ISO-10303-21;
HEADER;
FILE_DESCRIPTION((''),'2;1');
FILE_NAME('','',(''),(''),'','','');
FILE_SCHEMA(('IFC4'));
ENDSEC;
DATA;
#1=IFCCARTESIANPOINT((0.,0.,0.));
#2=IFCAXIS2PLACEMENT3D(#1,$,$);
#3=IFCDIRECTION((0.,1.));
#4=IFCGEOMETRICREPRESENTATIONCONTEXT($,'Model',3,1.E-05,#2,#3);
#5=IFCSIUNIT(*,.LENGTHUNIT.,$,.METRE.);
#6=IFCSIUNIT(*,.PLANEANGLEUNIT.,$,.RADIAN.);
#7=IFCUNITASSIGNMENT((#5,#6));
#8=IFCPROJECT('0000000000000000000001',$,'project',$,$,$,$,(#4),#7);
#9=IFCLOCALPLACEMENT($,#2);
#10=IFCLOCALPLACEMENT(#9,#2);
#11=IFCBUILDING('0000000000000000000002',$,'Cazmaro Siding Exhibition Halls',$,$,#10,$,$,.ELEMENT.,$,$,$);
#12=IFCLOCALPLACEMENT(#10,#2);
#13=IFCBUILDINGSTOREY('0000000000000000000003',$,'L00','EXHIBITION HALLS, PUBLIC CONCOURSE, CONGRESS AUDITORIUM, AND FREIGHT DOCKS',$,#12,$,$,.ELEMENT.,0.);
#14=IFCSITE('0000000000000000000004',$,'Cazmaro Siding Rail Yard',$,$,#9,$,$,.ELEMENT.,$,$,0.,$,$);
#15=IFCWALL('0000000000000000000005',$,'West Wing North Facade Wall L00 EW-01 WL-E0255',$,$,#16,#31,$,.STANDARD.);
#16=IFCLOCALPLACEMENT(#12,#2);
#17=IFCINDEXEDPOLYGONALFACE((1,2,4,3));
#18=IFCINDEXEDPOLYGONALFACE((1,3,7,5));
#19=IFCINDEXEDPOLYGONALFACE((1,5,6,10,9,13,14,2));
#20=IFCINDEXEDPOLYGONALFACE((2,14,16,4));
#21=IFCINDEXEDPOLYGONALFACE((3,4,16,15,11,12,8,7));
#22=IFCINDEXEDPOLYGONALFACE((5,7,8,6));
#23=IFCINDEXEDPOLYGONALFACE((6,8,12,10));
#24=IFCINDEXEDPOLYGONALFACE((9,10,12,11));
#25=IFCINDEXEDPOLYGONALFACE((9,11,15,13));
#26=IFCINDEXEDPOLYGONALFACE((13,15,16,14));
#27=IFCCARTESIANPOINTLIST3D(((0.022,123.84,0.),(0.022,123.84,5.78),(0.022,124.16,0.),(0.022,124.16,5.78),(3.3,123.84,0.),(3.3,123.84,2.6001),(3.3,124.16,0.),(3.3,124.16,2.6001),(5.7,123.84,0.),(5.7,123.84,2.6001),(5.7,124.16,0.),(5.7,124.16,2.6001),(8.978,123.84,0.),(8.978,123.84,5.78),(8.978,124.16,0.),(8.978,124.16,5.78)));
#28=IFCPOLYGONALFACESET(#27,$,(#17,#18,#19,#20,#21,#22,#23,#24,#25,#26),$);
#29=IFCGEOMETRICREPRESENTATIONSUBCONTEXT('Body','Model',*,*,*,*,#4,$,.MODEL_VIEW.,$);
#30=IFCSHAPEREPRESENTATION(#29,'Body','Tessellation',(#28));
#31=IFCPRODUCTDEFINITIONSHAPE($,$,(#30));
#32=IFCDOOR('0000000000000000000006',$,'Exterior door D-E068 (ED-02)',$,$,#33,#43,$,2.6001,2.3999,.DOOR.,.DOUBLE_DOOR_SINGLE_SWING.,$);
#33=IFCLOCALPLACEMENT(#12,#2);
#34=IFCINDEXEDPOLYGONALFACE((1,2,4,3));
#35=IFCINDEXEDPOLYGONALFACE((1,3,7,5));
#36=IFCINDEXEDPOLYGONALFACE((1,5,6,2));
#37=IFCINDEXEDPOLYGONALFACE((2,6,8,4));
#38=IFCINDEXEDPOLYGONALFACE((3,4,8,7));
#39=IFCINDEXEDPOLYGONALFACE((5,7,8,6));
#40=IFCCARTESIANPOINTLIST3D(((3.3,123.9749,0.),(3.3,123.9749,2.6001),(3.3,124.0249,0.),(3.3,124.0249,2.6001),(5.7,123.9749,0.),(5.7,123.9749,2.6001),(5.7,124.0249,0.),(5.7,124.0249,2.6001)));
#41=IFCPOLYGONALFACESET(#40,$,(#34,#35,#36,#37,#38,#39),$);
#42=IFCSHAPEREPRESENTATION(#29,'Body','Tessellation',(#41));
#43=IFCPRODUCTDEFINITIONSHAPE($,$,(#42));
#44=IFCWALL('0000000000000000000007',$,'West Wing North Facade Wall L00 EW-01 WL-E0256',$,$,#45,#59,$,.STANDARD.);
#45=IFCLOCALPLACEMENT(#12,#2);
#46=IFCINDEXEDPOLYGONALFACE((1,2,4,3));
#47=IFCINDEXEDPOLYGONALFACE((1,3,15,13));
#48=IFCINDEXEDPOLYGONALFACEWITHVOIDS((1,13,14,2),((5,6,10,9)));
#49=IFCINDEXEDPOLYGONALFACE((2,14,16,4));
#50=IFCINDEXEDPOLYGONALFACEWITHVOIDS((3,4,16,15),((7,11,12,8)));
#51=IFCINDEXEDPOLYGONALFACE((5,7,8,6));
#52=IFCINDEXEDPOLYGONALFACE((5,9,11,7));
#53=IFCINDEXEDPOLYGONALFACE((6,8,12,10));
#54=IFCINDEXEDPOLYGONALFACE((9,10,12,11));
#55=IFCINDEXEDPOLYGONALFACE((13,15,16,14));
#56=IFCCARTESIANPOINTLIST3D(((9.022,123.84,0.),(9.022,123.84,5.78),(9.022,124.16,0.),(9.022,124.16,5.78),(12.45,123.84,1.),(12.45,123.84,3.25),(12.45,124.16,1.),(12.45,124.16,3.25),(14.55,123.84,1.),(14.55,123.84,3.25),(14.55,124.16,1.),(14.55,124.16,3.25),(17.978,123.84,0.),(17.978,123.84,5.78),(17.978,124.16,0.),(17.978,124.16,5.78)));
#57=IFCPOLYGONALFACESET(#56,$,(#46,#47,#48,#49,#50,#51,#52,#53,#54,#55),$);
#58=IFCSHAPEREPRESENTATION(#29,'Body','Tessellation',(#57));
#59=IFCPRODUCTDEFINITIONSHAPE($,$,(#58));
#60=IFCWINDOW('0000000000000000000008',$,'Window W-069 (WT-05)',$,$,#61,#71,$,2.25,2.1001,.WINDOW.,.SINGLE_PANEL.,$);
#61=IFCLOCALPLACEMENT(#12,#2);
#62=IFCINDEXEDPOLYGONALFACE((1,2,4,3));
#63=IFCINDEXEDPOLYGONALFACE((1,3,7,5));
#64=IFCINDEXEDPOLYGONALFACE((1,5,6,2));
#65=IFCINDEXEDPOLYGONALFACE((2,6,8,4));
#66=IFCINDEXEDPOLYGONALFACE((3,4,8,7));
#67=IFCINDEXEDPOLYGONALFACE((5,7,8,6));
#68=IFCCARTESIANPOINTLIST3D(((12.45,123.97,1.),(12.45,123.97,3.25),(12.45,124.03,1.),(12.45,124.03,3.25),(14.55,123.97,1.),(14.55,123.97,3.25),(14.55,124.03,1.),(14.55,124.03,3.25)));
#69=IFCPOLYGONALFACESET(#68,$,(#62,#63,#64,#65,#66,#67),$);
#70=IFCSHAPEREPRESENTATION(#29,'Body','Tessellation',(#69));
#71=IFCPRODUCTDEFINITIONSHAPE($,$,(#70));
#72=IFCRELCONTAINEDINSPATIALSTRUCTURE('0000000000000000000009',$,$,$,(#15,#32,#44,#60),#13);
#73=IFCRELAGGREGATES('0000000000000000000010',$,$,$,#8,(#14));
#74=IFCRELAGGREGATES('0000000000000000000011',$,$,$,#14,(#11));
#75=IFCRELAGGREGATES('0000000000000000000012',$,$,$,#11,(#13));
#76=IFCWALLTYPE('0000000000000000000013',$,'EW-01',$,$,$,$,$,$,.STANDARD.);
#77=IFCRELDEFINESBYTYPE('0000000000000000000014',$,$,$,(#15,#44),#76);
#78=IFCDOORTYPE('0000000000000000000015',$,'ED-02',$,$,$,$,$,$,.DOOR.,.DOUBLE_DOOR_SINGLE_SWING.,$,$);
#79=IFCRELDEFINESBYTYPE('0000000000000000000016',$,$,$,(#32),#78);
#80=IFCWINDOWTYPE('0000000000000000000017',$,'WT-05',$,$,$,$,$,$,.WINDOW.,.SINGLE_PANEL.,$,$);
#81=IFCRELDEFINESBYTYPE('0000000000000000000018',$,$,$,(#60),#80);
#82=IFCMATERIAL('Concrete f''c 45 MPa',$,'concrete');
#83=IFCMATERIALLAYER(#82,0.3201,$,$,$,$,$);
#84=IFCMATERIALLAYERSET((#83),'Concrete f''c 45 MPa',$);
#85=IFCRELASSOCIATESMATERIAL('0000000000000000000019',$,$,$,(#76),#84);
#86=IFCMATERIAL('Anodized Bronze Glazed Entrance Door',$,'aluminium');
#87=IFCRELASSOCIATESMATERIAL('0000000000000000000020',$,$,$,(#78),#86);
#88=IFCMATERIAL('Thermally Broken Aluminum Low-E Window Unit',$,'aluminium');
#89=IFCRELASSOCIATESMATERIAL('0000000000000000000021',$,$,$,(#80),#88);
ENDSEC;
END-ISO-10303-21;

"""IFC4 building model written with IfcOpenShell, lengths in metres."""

from ifc_helpers import new_model, si_unit, direction, frame, frame_2d, origin, place, context, subcontext, project, spatial, rectangle, extrude, material, layer, layer_set, type_object, element, fill, save


model = new_model("IFC4")

# Units and contexts
model_context = context("Model", 3, precision=1e-05, world=origin(), true_north=direction((0.0, 1.0)))
body_context = subcontext(model_context, "Body", "Model", "MODEL_VIEW")
ifc_project = project(units=[si_unit("LENGTHUNIT", "METRE"), si_unit("PLANEANGLEUNIT", "RADIAN")], contexts=[model_context])

# Site, building, storey
site_placement = place(None, origin())
site = spatial("IfcSite", under=ifc_project, at=site_placement, Name="Cazmaro Siding Rail Yard", CompositionType="ELEMENT", RefElevation=0.0)
building_placement = place(site_placement, origin())
building = spatial("IfcBuilding", under=site, at=building_placement, Name="Cazmaro Siding Exhibition Halls", CompositionType="ELEMENT")
storey_placement = place(building_placement, origin())
storey = spatial("IfcBuildingStorey", under=building, at=storey_placement, Name="L00", Description="EXHIBITION HALLS, PUBLIC CONCOURSE, CONGRESS AUDITORIUM, AND FREIGHT DOCKS", CompositionType="ELEMENT", Elevation=0.0)

# Wall, opening, door
ifc_material_1 = material(Name="Concrete f'c 45 MPa", Category="concrete")
ifc_layer_1 = layer(ifc_material_1, 0.3201)
ifc_layer_set_1 = layer_set([ifc_layer_1], Name="Concrete f'c 45 MPa")
wall_type = type_object("IfcWallType", Name="EW-01", PredefinedType="STANDARD", material=ifc_layer_set_1)
wall_1_placement = place(storey_placement, frame((0.022, 124.0, 0.0), z_axis=(0.0, 0.0, 1.0), x_axis=(1.0, 0.0, 0.0)))
wall_1 = element("IfcWall", 1, at=wall_1_placement, inside=storey, type_object=wall_type, Name="West Wing North Facade Wall L00 EW-01 WL-E0255", PredefinedType="STANDARD", context=body_context, shape_type="SweptSolid", body=[
    extrude(rectangle(XDim=8.9561, YDim=0.3201, at=frame_2d((4.478, 0.0))), origin(), (0.0, 0.0, 1.0), 5.78),
])
opening_1_placement = place(wall_1_placement, frame((3.2781, 0.0, 0.0)))
opening_1 = element("IfcOpeningElement", 2, at=opening_1_placement, cuts=wall_1, PredefinedType="OPENING", context=body_context, shape_type="SweptSolid", body=[
    extrude(rectangle(XDim=2.3999, YDim=2.6001, at=frame_2d((1.2, 1.3))), frame((0.0, 0.1699, 0.0), z_axis=(0.0, -1.0, 0.0), x_axis=(1.0, 0.0, 0.0)), (0.0, 0.0, 1.0), 0.3401),
])
ifc_material_2 = material(Name="Anodized Bronze Glazed Entrance Door", Category="aluminium")
door_type = type_object("IfcDoorType", Name="ED-02", OperationType="DOUBLE_DOOR_SINGLE_SWING", PredefinedType="DOOR", material=ifc_material_2)
door_placement = place(opening_1_placement, origin())
door = element("IfcDoor", 3, at=door_placement, inside=storey, type_object=door_type, Name="Exterior door D-E068 (ED-02)", OperationType="DOUBLE_DOOR_SINGLE_SWING", OverallHeight=2.6001, OverallWidth=2.3999, PredefinedType="DOOR", context=body_context, shape_type="SweptSolid", body=[
    extrude(rectangle(XDim=2.3999, YDim=2.6001, at=frame_2d((1.2, 1.3))), frame((0.0, 0.0249, 0.0), z_axis=(0.0, -1.0, 0.0), x_axis=(1.0, 0.0, 0.0)), (0.0, 0.0, 1.0), 0.05),
])
fill(opening_1, door)

# Wall, opening, window
wall_2_placement = place(storey_placement, frame((9.022, 124.0, 0.0), z_axis=(0.0, 0.0, 1.0), x_axis=(1.0, 0.0, 0.0)))
wall_2 = element("IfcWall", 4, at=wall_2_placement, inside=storey, type_object=wall_type, Name="West Wing North Facade Wall L00 EW-01 WL-E0256", PredefinedType="STANDARD", context=body_context, shape_type="SweptSolid", body=[
    extrude(rectangle(XDim=8.9561, YDim=0.3201, at=frame_2d((4.478, 0.0))), origin(), (0.0, 0.0, 1.0), 5.78),
])
opening_2_placement = place(wall_2_placement, frame((3.428, 0.0, 1.0)))
opening_2 = element("IfcOpeningElement", 5, at=opening_2_placement, cuts=wall_2, PredefinedType="OPENING", context=body_context, shape_type="SweptSolid", body=[
    extrude(rectangle(XDim=2.1001, YDim=2.25, at=frame_2d((1.05, 1.125))), frame((0.0, 0.1699, 0.0), z_axis=(0.0, -1.0, 0.0), x_axis=(1.0, 0.0, 0.0)), (0.0, 0.0, 1.0), 0.3401),
])
ifc_material_3 = material(Name="Thermally Broken Aluminum Low-E Window Unit", Category="aluminium")
window_type = type_object("IfcWindowType", Name="WT-05", PartitioningType="SINGLE_PANEL", PredefinedType="WINDOW", material=ifc_material_3)
window_placement = place(opening_2_placement, origin())
window = element("IfcWindow", 6, at=window_placement, inside=storey, type_object=window_type, Name="Window W-069 (WT-05)", OverallHeight=2.25, OverallWidth=2.1001, PartitioningType="SINGLE_PANEL", PredefinedType="WINDOW", context=body_context, shape_type="SweptSolid", body=[
    extrude(rectangle(XDim=2.1001, YDim=2.25, at=frame_2d((1.05, 1.125))), frame((0.0, 0.03, 0.0), z_axis=(0.0, -1.0, 0.0), x_axis=(1.0, 0.0, 0.0)), (0.0, 0.0, 1.0), 0.0601),
])
fill(opening_2, window)

save(model, "model.ifc")
